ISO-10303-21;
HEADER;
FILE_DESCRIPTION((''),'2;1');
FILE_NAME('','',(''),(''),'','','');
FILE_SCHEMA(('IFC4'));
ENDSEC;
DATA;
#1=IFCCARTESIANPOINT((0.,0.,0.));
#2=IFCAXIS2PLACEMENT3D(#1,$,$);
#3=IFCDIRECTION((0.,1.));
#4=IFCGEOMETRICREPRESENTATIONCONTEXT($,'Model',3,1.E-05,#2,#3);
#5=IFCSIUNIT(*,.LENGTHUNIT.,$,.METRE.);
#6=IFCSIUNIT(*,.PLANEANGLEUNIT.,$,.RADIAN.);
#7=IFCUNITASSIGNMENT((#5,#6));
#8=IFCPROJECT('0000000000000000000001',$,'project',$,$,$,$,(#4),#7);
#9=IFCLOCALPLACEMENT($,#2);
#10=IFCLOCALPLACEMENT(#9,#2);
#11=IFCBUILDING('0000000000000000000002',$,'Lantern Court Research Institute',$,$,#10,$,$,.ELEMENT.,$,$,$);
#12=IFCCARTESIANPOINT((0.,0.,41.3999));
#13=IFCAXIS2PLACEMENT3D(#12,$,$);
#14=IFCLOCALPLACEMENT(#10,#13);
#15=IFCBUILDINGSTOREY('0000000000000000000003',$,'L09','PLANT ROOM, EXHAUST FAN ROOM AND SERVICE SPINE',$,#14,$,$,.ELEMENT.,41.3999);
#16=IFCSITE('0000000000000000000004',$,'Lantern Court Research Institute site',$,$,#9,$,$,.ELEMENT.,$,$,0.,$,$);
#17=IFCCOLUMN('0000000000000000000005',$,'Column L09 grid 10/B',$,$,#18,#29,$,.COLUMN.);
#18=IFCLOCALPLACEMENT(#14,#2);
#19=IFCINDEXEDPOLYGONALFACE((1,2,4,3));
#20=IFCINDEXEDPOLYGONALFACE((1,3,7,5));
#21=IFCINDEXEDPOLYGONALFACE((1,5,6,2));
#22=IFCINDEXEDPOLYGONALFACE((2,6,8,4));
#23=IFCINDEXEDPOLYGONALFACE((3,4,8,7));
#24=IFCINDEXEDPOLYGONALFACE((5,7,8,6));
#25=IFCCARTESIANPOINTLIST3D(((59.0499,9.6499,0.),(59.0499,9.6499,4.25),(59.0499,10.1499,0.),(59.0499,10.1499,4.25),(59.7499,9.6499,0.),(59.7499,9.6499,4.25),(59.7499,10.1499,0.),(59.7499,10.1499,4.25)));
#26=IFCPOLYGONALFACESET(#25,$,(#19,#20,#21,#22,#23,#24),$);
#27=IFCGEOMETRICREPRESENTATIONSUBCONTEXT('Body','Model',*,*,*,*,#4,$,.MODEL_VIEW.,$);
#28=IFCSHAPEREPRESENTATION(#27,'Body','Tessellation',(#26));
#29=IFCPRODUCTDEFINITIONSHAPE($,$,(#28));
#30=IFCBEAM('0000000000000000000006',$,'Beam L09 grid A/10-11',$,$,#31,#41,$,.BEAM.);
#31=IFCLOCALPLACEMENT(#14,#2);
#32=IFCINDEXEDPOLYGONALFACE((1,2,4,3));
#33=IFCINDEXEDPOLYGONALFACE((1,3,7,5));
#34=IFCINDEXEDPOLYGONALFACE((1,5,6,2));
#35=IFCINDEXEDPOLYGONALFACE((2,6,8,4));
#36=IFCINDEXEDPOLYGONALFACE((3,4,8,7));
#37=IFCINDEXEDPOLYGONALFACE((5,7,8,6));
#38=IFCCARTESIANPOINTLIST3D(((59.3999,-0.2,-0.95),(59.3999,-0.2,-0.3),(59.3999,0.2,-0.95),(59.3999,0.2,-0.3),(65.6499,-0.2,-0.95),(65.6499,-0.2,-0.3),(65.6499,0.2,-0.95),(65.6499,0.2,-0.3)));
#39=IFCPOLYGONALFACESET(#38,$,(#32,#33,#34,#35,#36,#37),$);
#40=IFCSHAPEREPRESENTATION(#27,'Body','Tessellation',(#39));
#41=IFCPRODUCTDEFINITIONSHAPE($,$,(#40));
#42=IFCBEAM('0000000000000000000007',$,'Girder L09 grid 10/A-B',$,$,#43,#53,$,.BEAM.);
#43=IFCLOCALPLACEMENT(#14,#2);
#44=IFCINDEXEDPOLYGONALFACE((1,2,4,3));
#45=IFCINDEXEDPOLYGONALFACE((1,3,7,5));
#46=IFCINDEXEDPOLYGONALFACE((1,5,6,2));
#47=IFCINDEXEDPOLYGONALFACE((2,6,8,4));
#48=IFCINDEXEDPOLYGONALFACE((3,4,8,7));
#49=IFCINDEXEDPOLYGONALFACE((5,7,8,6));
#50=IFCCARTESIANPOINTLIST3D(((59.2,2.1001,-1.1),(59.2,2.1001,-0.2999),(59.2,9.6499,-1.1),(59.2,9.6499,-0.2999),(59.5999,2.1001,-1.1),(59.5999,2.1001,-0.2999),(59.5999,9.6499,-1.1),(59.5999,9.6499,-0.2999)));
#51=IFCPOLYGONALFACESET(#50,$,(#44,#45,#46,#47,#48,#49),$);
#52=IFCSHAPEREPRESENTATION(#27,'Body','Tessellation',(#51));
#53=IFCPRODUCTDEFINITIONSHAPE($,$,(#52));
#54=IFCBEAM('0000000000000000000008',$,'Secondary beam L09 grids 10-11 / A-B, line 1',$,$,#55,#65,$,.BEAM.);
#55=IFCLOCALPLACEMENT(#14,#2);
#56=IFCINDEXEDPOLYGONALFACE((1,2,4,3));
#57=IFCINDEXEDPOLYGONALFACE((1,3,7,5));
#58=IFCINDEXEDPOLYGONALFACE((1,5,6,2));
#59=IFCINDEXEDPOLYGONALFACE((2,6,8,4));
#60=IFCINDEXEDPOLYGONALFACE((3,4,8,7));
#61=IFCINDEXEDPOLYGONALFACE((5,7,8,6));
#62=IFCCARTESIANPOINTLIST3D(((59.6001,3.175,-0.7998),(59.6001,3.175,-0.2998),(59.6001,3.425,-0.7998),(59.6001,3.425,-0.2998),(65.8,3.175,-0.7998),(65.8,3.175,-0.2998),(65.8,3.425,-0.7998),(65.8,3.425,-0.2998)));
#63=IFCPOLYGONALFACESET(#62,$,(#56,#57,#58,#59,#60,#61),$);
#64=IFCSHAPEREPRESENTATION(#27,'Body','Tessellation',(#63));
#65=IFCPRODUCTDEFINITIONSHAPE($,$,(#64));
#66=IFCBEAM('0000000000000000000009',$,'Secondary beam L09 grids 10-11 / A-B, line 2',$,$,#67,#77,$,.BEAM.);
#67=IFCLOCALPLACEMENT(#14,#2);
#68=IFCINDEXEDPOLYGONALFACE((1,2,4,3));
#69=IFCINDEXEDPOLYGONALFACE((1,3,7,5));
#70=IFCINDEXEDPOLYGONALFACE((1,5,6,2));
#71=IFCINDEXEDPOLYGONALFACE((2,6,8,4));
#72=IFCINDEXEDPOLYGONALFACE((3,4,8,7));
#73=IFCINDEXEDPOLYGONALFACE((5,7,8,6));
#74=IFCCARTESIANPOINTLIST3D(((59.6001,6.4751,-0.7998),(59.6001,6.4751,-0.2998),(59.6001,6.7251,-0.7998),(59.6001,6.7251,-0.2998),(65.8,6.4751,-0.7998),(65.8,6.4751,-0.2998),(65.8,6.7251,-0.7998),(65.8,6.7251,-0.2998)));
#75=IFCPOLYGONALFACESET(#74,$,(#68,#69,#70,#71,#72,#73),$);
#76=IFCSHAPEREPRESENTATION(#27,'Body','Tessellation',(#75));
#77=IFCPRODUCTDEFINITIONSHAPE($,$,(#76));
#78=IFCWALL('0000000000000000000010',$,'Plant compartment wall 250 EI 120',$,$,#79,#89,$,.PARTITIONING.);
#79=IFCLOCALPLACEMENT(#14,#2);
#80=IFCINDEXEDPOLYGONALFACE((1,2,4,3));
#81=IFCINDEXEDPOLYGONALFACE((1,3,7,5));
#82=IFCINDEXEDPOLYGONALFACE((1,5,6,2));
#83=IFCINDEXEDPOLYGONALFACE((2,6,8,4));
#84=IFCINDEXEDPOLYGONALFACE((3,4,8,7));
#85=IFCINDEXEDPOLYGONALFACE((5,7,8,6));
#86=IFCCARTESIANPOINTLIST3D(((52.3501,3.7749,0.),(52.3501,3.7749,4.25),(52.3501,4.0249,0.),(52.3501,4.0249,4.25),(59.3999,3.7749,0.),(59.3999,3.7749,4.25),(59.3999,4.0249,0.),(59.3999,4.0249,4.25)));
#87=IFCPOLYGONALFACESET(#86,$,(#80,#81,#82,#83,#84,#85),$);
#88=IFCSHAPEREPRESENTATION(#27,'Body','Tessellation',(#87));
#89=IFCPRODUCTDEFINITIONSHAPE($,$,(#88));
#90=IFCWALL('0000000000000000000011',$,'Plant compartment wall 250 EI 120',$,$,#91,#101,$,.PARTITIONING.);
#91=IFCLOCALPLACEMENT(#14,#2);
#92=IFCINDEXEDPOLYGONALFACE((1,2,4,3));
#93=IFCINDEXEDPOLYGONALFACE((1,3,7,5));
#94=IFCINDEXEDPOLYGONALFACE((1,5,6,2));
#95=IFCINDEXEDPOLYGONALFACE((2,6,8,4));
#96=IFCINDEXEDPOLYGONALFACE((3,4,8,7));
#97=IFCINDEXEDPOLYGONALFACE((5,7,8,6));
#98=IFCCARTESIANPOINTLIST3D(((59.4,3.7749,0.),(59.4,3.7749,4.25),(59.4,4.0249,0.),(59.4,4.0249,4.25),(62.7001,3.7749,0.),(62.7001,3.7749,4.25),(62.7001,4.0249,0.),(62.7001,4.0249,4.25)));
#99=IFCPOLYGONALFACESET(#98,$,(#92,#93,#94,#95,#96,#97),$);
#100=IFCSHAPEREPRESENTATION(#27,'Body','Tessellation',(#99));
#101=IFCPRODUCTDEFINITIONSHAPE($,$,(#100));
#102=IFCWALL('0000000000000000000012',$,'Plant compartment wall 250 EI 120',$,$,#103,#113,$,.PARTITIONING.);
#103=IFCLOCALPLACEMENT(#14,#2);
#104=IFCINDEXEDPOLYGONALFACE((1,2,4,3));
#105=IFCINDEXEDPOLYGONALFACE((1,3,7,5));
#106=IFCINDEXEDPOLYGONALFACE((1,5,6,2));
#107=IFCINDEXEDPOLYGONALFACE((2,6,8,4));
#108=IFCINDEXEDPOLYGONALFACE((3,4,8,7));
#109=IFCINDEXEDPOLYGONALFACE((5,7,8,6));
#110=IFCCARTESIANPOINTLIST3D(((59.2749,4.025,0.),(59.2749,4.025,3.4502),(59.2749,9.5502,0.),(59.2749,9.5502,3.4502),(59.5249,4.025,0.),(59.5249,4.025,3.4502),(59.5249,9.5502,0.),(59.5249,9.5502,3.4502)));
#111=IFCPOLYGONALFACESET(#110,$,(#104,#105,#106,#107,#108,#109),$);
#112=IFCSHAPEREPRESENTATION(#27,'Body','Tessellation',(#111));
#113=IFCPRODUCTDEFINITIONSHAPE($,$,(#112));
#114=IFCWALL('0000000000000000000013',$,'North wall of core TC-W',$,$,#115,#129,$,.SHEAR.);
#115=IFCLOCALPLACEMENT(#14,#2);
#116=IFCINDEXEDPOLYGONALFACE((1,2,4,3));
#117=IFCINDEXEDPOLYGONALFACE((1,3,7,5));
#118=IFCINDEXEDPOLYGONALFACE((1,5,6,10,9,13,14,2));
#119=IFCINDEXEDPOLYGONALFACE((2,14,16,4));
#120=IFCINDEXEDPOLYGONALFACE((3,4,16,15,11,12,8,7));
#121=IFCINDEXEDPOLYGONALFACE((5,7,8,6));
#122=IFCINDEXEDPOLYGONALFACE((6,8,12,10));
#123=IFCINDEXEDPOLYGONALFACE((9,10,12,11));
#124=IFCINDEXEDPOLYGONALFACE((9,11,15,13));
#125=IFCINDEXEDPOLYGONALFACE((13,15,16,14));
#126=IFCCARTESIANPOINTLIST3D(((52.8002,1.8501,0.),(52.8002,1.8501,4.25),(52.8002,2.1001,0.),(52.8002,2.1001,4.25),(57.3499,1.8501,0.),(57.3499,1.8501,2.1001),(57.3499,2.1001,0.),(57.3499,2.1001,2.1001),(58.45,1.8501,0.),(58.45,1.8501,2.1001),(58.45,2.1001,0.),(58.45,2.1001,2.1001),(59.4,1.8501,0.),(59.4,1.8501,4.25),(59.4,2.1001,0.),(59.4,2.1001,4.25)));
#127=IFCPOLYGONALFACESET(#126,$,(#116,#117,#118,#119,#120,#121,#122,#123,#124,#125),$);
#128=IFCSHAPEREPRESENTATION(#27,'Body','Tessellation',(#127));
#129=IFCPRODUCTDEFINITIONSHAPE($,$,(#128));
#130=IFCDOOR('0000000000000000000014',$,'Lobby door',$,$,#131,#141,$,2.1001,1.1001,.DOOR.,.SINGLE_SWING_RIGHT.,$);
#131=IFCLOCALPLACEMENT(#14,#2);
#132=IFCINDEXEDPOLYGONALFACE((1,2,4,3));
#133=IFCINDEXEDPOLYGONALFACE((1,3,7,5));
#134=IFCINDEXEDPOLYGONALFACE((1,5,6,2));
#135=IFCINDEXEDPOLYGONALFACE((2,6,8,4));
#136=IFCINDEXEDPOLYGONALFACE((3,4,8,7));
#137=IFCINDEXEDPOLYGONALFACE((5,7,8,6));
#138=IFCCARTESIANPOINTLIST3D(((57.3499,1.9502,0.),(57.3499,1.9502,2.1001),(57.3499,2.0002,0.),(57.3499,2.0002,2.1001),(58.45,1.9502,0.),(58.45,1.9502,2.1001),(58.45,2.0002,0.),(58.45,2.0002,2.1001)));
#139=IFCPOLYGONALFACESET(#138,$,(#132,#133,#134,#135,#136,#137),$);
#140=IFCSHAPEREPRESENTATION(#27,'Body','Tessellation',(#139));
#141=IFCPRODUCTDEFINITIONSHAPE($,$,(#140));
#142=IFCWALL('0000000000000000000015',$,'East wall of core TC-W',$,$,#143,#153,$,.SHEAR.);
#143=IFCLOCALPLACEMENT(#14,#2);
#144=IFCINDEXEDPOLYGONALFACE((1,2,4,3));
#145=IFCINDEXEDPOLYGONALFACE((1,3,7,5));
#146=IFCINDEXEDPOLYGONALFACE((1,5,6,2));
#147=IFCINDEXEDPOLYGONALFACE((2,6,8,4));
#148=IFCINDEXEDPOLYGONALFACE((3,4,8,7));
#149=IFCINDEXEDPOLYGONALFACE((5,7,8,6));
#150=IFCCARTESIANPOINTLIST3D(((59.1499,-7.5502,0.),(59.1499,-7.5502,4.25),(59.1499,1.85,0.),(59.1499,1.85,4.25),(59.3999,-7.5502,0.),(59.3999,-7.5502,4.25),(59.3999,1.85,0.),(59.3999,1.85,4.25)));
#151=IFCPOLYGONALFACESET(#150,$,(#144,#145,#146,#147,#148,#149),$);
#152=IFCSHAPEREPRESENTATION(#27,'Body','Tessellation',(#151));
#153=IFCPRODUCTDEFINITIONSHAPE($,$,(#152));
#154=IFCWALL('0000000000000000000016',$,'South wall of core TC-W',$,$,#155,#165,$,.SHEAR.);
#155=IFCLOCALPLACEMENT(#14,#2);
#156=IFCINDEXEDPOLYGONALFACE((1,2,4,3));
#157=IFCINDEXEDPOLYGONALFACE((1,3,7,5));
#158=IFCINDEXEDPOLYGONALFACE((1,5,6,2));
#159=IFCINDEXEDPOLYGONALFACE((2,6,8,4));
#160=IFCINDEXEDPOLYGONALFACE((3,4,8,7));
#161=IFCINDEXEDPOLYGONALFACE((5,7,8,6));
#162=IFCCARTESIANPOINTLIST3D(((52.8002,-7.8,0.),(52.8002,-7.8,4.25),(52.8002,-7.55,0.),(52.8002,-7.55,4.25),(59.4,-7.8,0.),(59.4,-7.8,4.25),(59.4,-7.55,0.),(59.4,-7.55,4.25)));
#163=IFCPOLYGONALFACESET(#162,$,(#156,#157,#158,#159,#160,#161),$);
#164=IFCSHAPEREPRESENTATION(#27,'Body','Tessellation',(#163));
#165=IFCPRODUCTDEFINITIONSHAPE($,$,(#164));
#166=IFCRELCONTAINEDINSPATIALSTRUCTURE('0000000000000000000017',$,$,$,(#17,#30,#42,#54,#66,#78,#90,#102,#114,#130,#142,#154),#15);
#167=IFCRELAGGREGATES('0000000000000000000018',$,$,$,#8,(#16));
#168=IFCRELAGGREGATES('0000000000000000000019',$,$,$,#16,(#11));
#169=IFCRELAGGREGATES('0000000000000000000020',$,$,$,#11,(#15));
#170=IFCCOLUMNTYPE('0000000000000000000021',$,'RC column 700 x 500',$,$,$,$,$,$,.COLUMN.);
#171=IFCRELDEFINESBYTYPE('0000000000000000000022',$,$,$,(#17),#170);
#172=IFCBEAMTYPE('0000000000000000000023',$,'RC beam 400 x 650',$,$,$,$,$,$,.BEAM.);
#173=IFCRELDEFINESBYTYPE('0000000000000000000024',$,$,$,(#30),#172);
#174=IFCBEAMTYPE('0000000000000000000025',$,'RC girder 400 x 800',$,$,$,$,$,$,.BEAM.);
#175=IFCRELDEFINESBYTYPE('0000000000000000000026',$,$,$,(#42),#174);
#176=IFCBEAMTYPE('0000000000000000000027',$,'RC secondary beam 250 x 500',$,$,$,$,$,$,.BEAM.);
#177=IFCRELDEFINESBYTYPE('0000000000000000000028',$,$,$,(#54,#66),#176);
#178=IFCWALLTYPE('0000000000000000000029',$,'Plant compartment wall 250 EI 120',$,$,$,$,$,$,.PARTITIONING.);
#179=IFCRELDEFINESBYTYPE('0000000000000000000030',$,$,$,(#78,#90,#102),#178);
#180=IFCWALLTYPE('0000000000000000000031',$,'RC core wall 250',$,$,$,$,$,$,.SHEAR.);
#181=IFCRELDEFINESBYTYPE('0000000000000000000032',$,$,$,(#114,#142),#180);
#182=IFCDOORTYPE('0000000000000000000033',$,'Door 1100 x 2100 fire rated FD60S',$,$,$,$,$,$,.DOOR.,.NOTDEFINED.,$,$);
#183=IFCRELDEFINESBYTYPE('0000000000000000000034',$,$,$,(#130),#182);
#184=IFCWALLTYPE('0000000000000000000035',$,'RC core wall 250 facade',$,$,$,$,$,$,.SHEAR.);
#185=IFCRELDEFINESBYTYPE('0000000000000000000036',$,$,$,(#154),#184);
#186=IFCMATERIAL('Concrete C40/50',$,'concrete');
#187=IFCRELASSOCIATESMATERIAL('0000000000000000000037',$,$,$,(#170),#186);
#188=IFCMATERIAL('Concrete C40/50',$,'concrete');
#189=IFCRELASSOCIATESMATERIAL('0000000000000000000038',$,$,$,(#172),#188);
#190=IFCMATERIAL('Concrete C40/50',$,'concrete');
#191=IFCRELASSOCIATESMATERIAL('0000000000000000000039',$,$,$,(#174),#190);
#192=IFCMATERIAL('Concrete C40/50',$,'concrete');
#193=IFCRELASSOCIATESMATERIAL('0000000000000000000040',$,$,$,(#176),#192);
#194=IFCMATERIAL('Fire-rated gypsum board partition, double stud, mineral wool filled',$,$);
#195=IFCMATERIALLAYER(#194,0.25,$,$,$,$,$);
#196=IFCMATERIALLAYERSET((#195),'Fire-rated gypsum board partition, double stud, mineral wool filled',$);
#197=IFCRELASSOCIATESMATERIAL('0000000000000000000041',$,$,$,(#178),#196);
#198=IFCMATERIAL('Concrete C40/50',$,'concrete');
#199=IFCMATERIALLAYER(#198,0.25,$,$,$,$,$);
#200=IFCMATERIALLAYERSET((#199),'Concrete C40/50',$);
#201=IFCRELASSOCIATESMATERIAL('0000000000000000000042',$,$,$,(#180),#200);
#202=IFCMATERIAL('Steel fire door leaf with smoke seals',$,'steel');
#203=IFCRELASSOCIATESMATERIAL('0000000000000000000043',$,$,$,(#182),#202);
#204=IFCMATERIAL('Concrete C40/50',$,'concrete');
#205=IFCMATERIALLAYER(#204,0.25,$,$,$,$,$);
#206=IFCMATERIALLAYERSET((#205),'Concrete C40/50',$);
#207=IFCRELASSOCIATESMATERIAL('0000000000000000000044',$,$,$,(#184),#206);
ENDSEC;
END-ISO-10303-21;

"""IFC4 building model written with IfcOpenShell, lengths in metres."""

from ifc_helpers import new_model, si_unit, direction, frame, frame_2d, origin, origin_2d, place, context, subcontext, project, spatial, rectangle, extrude, material, layer, layer_set, material_profile, profile_set, type_object, element, fill, save


model = new_model("IFC4")

# Units and contexts
model_context = context("Model", 3, precision=1e-05, world=origin(), true_north=direction((0.0, 1.0)))
body_context = subcontext(model_context, "Body", "Model", "MODEL_VIEW")
ifc_project = project(units=[si_unit("LENGTHUNIT", "METRE"), si_unit("PLANEANGLEUNIT", "RADIAN")], contexts=[model_context])

# Site, building, storey
site_placement = place(None, origin())
site = spatial("IfcSite", under=ifc_project, at=site_placement, Name="Lantern Court Research Institute site", CompositionType="ELEMENT", RefElevation=0.0)
building_placement = place(site_placement, origin())
building = spatial("IfcBuilding", under=site, at=building_placement, Name="Lantern Court Research Institute", CompositionType="ELEMENT")
storey_placement = place(building_placement, frame((0.0, 0.0, 41.3999)))
storey = spatial("IfcBuildingStorey", under=building, at=storey_placement, Name="L09", Description="PLANT ROOM, EXHAUST FAN ROOM AND SERVICE SPINE", CompositionType="ELEMENT", Elevation=41.3999)

# Column
ifc_material_1 = material(Name="Concrete C40/50", Category="concrete")
ifc_material_profile_1 = material_profile(ifc_material_1, rectangle(XDim=0.7, YDim=0.5, at=origin_2d()), Name="RC column 700 x 500")
ifc_profile_set_1 = profile_set([ifc_material_profile_1], Name="Concrete C40/50")
column_type = type_object("IfcColumnType", Name="RC column 700 x 500", PredefinedType="COLUMN", material=ifc_profile_set_1)
column_placement = place(storey_placement, frame((59.3999, 9.8999, 0.0), z_axis=(0.0, 0.0, 1.0), x_axis=(1.0, 0.0, 0.0)))
element("IfcColumn", 1, at=column_placement, inside=storey, type_object=column_type, Name="Column L09 grid 10/B", PredefinedType="COLUMN", context=body_context, shape_type="SweptSolid", body=[
    extrude(rectangle(XDim=0.7, YDim=0.5, at=origin_2d()), origin(), (0.0, 0.0, 1.0), 4.25),
])

# Beams
ifc_material_2 = material(Name="Concrete C40/50", Category="concrete")
ifc_material_profile_2 = material_profile(ifc_material_2, rectangle(XDim=0.3999, YDim=0.6499, at=origin_2d()), Name="RC beam 400 x 650")
ifc_profile_set_2 = profile_set([ifc_material_profile_2], Name="Concrete C40/50")
beam_type_1 = type_object("IfcBeamType", Name="RC beam 400 x 650", PredefinedType="BEAM", material=ifc_profile_set_2)
beam_1_placement = place(storey_placement, frame((59.3999, 0.0, -0.625), z_axis=(1.0, 0.0, 0.0), x_axis=(0.0, 1.0, 0.0)))
element("IfcBeam", 2, at=beam_1_placement, inside=storey, type_object=beam_type_1, Name="Beam L09 grid A/10-11", PredefinedType="BEAM", context=body_context, shape_type="SweptSolid", body=[
    extrude(rectangle(XDim=0.3999, YDim=0.6499, at=origin_2d()), origin(), (0.0, 0.0, 1.0), 6.25),
])
ifc_material_3 = material(Name="Concrete C40/50", Category="concrete")
ifc_material_profile_3 = material_profile(ifc_material_3, rectangle(XDim=0.3999, YDim=0.8, at=origin_2d()), Name="RC beam 400 x 800")
ifc_profile_set_3 = profile_set([ifc_material_profile_3], Name="Concrete C40/50")
beam_type_2 = type_object("IfcBeamType", Name="RC girder 400 x 800", PredefinedType="BEAM", material=ifc_profile_set_3)
beam_2_placement = place(storey_placement, frame((59.3999, 2.1001, -0.7), z_axis=(0.0, 1.0, 0.0), x_axis=(-1.0, 0.0, 0.0)))
element("IfcBeam", 3, at=beam_2_placement, inside=storey, type_object=beam_type_2, Name="Girder L09 grid 10/A-B", PredefinedType="BEAM", context=body_context, shape_type="SweptSolid", body=[
    extrude(rectangle(XDim=0.3999, YDim=0.8, at=origin_2d()), origin(), (0.0, 0.0, 1.0), 7.5498),
])
ifc_material_4 = material(Name="Concrete C40/50", Category="concrete")
ifc_material_profile_4 = material_profile(ifc_material_4, rectangle(XDim=0.25, YDim=0.5, at=origin_2d()), Name="RC beam 250 x 500")
ifc_profile_set_4 = profile_set([ifc_material_profile_4], Name="Concrete C40/50")
beam_type_3 = type_object("IfcBeamType", Name="RC secondary beam 250 x 500", PredefinedType="BEAM", material=ifc_profile_set_4)
for number, where, z_axis, x_axis, name in (
    (4, (59.6001, 3.3, -0.5498), (1.0, 0.0, 0.0), (0.0, 1.0, 0.0), "Secondary beam L09 grids 10-11 / A-B, line 1"),
    (5, (59.6001, 6.6001, -0.5498), (1.0, 0.0, 0.0), (0.0, 1.0, 0.0), "Secondary beam L09 grids 10-11 / A-B, line 2"),
):
    element("IfcBeam", number, at=place(storey_placement, frame(where, z_axis=z_axis, x_axis=x_axis)), inside=storey, type_object=beam_type_3, Name=name, PredefinedType="BEAM", context=body_context, shape_type="SweptSolid", body=[
        extrude(rectangle(XDim=0.25, YDim=0.5, at=origin_2d()), origin(), (0.0, 0.0, 1.0), 6.2),
    ])

# Walls
ifc_material_5 = material(Name="Fire-rated gypsum board partition, double stud, mineral wool filled")
ifc_layer_1 = layer(ifc_material_5, 0.25)
ifc_layer_set_1 = layer_set([ifc_layer_1], Name="Fire-rated gypsum board partition, double stud, mineral wool filled")
wall_type_1 = type_object("IfcWallType", Name="Plant compartment wall 250 EI 120", PredefinedType="PARTITIONING", material=ifc_layer_set_1)
wall_1_placement = place(storey_placement, frame((59.3999, 3.8999, 0.0), z_axis=(0.0, 0.0, 1.0), x_axis=(-1.0, 0.0, 0.0)))
element("IfcWall", 6, at=wall_1_placement, inside=storey, type_object=wall_type_1, Name="Plant compartment wall 250 EI 120", PredefinedType="PARTITIONING", context=body_context, shape_type="SweptSolid", body=[
    extrude(rectangle(XDim=7.0498, YDim=0.25, at=frame_2d((3.5249, 0.0))), origin(), (0.0, 0.0, 1.0), 4.25),
])
wall_2_placement = place(storey_placement, frame((62.7, 3.8999, 0.0), z_axis=(0.0, 0.0, 1.0), x_axis=(-1.0, 0.0, 0.0)))
element("IfcWall", 7, at=wall_2_placement, inside=storey, type_object=wall_type_1, Name="Plant compartment wall 250 EI 120", PredefinedType="PARTITIONING", context=body_context, shape_type="SweptSolid", body=[
    extrude(rectangle(XDim=3.3, YDim=0.25, at=frame_2d((1.6499, 0.0))), origin(), (0.0, 0.0, 1.0), 4.25),
])
wall_3_placement = place(storey_placement, frame((59.3999, 4.0249, 0.0), z_axis=(0.0, 0.0, 1.0), x_axis=(0.0, 1.0, 0.0)))
element("IfcWall", 8, at=wall_3_placement, inside=storey, type_object=wall_type_1, Name="Plant compartment wall 250 EI 120", PredefinedType="PARTITIONING", context=body_context, shape_type="SweptSolid", body=[
    extrude(rectangle(XDim=5.5251, YDim=0.25, at=frame_2d((2.7627, 0.0))), origin(), (0.0, 0.0, 1.0), 3.4502),
])

# Wall, opening, door
ifc_material_6 = material(Name="Concrete C40/50", Category="concrete")
ifc_layer_2 = layer(ifc_material_6, 0.25)
ifc_layer_set_2 = layer_set([ifc_layer_2], Name="Concrete C40/50")
wall_type_2 = type_object("IfcWallType", Name="RC core wall 250", PredefinedType="SHEAR", material=ifc_layer_set_2)
wall_4_placement = place(storey_placement, frame((59.3999, 1.9751, 0.0), z_axis=(0.0, 0.0, 1.0), x_axis=(-1.0, 0.0, 0.0)))
wall_4 = element("IfcWall", 9, at=wall_4_placement, inside=storey, type_object=wall_type_2, Name="North wall of core TC-W", PredefinedType="SHEAR", context=body_context, shape_type="SweptSolid", body=[
    extrude(rectangle(XDim=6.5999, YDim=0.25, at=frame_2d((3.2998, 0.0))), origin(), (0.0, 0.0, 1.0), 4.25),
])
opening_1_placement = place(wall_4_placement, frame((0.95, 0.0, 0.0)))
opening_1 = element("IfcOpeningElement", 10, at=opening_1_placement, cuts=wall_4, PredefinedType="OPENING", context=body_context, shape_type="SweptSolid", body=[
    extrude(rectangle(XDim=1.1001, YDim=2.1001, at=frame_2d((0.55, 1.05))), frame((0.0, 0.135, 0.0), z_axis=(0.0, -1.0, 0.0), x_axis=(1.0, 0.0, 0.0)), (0.0, 0.0, 1.0), 0.27),
])
ifc_material_7 = material(Name="Steel fire door leaf with smoke seals", Category="steel")
door_type_1 = type_object("IfcDoorType", Name="Door 1100 x 2100 fire rated FD60S", OperationType="NOTDEFINED", PredefinedType="DOOR", material=ifc_material_7)
door_1_placement = place(opening_1_placement, origin())
door_1 = element("IfcDoor", 11, at=door_1_placement, inside=storey, type_object=door_type_1, Name="Lobby door", OperationType="SINGLE_SWING_RIGHT", OverallHeight=2.1001, OverallWidth=1.1001, PredefinedType="DOOR", context=body_context, shape_type="SweptSolid", body=[
    extrude(rectangle(XDim=1.1001, YDim=2.1001, at=frame_2d((0.55, 1.05))), frame((0.0, 0.0249, 0.0), z_axis=(0.0, -1.0, 0.0), x_axis=(1.0, 0.0, 0.0)), (0.0, 0.0, 1.0), 0.05),
])
fill(opening_1, door_1)

# Walls
wall_5_placement = place(storey_placement, frame((59.2749, 1.8501, 0.0), z_axis=(0.0, 0.0, 1.0), x_axis=(0.0, -1.0, 0.0)))
element("IfcWall", 12, at=wall_5_placement, inside=storey, type_object=wall_type_2, Name="East wall of core TC-W", PredefinedType="SHEAR", context=body_context, shape_type="SweptSolid", body=[
    extrude(rectangle(XDim=9.4001, YDim=0.25, at=frame_2d((4.7002, 0.0))), origin(), (0.0, 0.0, 1.0), 4.25),
])
ifc_material_8 = material(Name="Concrete C40/50", Category="concrete")
ifc_layer_3 = layer(ifc_material_8, 0.25)
ifc_layer_set_3 = layer_set([ifc_layer_3], Name="Concrete C40/50")
wall_type_3 = type_object("IfcWallType", Name="RC core wall 250 facade", PredefinedType="SHEAR", material=ifc_layer_set_3)
wall_6_placement = place(storey_placement, frame((59.3999, -7.675, 0.0), z_axis=(0.0, 0.0, 1.0), x_axis=(-1.0, 0.0, 0.0)))
element("IfcWall", 13, at=wall_6_placement, inside=storey, type_object=wall_type_3, Name="South wall of core TC-W", PredefinedType="SHEAR", context=body_context, shape_type="SweptSolid", body=[
    extrude(rectangle(XDim=6.5999, YDim=0.25, at=frame_2d((3.2998, 0.0))), origin(), (0.0, 0.0, 1.0), 4.25),
])

save(model, "model.ifc")
